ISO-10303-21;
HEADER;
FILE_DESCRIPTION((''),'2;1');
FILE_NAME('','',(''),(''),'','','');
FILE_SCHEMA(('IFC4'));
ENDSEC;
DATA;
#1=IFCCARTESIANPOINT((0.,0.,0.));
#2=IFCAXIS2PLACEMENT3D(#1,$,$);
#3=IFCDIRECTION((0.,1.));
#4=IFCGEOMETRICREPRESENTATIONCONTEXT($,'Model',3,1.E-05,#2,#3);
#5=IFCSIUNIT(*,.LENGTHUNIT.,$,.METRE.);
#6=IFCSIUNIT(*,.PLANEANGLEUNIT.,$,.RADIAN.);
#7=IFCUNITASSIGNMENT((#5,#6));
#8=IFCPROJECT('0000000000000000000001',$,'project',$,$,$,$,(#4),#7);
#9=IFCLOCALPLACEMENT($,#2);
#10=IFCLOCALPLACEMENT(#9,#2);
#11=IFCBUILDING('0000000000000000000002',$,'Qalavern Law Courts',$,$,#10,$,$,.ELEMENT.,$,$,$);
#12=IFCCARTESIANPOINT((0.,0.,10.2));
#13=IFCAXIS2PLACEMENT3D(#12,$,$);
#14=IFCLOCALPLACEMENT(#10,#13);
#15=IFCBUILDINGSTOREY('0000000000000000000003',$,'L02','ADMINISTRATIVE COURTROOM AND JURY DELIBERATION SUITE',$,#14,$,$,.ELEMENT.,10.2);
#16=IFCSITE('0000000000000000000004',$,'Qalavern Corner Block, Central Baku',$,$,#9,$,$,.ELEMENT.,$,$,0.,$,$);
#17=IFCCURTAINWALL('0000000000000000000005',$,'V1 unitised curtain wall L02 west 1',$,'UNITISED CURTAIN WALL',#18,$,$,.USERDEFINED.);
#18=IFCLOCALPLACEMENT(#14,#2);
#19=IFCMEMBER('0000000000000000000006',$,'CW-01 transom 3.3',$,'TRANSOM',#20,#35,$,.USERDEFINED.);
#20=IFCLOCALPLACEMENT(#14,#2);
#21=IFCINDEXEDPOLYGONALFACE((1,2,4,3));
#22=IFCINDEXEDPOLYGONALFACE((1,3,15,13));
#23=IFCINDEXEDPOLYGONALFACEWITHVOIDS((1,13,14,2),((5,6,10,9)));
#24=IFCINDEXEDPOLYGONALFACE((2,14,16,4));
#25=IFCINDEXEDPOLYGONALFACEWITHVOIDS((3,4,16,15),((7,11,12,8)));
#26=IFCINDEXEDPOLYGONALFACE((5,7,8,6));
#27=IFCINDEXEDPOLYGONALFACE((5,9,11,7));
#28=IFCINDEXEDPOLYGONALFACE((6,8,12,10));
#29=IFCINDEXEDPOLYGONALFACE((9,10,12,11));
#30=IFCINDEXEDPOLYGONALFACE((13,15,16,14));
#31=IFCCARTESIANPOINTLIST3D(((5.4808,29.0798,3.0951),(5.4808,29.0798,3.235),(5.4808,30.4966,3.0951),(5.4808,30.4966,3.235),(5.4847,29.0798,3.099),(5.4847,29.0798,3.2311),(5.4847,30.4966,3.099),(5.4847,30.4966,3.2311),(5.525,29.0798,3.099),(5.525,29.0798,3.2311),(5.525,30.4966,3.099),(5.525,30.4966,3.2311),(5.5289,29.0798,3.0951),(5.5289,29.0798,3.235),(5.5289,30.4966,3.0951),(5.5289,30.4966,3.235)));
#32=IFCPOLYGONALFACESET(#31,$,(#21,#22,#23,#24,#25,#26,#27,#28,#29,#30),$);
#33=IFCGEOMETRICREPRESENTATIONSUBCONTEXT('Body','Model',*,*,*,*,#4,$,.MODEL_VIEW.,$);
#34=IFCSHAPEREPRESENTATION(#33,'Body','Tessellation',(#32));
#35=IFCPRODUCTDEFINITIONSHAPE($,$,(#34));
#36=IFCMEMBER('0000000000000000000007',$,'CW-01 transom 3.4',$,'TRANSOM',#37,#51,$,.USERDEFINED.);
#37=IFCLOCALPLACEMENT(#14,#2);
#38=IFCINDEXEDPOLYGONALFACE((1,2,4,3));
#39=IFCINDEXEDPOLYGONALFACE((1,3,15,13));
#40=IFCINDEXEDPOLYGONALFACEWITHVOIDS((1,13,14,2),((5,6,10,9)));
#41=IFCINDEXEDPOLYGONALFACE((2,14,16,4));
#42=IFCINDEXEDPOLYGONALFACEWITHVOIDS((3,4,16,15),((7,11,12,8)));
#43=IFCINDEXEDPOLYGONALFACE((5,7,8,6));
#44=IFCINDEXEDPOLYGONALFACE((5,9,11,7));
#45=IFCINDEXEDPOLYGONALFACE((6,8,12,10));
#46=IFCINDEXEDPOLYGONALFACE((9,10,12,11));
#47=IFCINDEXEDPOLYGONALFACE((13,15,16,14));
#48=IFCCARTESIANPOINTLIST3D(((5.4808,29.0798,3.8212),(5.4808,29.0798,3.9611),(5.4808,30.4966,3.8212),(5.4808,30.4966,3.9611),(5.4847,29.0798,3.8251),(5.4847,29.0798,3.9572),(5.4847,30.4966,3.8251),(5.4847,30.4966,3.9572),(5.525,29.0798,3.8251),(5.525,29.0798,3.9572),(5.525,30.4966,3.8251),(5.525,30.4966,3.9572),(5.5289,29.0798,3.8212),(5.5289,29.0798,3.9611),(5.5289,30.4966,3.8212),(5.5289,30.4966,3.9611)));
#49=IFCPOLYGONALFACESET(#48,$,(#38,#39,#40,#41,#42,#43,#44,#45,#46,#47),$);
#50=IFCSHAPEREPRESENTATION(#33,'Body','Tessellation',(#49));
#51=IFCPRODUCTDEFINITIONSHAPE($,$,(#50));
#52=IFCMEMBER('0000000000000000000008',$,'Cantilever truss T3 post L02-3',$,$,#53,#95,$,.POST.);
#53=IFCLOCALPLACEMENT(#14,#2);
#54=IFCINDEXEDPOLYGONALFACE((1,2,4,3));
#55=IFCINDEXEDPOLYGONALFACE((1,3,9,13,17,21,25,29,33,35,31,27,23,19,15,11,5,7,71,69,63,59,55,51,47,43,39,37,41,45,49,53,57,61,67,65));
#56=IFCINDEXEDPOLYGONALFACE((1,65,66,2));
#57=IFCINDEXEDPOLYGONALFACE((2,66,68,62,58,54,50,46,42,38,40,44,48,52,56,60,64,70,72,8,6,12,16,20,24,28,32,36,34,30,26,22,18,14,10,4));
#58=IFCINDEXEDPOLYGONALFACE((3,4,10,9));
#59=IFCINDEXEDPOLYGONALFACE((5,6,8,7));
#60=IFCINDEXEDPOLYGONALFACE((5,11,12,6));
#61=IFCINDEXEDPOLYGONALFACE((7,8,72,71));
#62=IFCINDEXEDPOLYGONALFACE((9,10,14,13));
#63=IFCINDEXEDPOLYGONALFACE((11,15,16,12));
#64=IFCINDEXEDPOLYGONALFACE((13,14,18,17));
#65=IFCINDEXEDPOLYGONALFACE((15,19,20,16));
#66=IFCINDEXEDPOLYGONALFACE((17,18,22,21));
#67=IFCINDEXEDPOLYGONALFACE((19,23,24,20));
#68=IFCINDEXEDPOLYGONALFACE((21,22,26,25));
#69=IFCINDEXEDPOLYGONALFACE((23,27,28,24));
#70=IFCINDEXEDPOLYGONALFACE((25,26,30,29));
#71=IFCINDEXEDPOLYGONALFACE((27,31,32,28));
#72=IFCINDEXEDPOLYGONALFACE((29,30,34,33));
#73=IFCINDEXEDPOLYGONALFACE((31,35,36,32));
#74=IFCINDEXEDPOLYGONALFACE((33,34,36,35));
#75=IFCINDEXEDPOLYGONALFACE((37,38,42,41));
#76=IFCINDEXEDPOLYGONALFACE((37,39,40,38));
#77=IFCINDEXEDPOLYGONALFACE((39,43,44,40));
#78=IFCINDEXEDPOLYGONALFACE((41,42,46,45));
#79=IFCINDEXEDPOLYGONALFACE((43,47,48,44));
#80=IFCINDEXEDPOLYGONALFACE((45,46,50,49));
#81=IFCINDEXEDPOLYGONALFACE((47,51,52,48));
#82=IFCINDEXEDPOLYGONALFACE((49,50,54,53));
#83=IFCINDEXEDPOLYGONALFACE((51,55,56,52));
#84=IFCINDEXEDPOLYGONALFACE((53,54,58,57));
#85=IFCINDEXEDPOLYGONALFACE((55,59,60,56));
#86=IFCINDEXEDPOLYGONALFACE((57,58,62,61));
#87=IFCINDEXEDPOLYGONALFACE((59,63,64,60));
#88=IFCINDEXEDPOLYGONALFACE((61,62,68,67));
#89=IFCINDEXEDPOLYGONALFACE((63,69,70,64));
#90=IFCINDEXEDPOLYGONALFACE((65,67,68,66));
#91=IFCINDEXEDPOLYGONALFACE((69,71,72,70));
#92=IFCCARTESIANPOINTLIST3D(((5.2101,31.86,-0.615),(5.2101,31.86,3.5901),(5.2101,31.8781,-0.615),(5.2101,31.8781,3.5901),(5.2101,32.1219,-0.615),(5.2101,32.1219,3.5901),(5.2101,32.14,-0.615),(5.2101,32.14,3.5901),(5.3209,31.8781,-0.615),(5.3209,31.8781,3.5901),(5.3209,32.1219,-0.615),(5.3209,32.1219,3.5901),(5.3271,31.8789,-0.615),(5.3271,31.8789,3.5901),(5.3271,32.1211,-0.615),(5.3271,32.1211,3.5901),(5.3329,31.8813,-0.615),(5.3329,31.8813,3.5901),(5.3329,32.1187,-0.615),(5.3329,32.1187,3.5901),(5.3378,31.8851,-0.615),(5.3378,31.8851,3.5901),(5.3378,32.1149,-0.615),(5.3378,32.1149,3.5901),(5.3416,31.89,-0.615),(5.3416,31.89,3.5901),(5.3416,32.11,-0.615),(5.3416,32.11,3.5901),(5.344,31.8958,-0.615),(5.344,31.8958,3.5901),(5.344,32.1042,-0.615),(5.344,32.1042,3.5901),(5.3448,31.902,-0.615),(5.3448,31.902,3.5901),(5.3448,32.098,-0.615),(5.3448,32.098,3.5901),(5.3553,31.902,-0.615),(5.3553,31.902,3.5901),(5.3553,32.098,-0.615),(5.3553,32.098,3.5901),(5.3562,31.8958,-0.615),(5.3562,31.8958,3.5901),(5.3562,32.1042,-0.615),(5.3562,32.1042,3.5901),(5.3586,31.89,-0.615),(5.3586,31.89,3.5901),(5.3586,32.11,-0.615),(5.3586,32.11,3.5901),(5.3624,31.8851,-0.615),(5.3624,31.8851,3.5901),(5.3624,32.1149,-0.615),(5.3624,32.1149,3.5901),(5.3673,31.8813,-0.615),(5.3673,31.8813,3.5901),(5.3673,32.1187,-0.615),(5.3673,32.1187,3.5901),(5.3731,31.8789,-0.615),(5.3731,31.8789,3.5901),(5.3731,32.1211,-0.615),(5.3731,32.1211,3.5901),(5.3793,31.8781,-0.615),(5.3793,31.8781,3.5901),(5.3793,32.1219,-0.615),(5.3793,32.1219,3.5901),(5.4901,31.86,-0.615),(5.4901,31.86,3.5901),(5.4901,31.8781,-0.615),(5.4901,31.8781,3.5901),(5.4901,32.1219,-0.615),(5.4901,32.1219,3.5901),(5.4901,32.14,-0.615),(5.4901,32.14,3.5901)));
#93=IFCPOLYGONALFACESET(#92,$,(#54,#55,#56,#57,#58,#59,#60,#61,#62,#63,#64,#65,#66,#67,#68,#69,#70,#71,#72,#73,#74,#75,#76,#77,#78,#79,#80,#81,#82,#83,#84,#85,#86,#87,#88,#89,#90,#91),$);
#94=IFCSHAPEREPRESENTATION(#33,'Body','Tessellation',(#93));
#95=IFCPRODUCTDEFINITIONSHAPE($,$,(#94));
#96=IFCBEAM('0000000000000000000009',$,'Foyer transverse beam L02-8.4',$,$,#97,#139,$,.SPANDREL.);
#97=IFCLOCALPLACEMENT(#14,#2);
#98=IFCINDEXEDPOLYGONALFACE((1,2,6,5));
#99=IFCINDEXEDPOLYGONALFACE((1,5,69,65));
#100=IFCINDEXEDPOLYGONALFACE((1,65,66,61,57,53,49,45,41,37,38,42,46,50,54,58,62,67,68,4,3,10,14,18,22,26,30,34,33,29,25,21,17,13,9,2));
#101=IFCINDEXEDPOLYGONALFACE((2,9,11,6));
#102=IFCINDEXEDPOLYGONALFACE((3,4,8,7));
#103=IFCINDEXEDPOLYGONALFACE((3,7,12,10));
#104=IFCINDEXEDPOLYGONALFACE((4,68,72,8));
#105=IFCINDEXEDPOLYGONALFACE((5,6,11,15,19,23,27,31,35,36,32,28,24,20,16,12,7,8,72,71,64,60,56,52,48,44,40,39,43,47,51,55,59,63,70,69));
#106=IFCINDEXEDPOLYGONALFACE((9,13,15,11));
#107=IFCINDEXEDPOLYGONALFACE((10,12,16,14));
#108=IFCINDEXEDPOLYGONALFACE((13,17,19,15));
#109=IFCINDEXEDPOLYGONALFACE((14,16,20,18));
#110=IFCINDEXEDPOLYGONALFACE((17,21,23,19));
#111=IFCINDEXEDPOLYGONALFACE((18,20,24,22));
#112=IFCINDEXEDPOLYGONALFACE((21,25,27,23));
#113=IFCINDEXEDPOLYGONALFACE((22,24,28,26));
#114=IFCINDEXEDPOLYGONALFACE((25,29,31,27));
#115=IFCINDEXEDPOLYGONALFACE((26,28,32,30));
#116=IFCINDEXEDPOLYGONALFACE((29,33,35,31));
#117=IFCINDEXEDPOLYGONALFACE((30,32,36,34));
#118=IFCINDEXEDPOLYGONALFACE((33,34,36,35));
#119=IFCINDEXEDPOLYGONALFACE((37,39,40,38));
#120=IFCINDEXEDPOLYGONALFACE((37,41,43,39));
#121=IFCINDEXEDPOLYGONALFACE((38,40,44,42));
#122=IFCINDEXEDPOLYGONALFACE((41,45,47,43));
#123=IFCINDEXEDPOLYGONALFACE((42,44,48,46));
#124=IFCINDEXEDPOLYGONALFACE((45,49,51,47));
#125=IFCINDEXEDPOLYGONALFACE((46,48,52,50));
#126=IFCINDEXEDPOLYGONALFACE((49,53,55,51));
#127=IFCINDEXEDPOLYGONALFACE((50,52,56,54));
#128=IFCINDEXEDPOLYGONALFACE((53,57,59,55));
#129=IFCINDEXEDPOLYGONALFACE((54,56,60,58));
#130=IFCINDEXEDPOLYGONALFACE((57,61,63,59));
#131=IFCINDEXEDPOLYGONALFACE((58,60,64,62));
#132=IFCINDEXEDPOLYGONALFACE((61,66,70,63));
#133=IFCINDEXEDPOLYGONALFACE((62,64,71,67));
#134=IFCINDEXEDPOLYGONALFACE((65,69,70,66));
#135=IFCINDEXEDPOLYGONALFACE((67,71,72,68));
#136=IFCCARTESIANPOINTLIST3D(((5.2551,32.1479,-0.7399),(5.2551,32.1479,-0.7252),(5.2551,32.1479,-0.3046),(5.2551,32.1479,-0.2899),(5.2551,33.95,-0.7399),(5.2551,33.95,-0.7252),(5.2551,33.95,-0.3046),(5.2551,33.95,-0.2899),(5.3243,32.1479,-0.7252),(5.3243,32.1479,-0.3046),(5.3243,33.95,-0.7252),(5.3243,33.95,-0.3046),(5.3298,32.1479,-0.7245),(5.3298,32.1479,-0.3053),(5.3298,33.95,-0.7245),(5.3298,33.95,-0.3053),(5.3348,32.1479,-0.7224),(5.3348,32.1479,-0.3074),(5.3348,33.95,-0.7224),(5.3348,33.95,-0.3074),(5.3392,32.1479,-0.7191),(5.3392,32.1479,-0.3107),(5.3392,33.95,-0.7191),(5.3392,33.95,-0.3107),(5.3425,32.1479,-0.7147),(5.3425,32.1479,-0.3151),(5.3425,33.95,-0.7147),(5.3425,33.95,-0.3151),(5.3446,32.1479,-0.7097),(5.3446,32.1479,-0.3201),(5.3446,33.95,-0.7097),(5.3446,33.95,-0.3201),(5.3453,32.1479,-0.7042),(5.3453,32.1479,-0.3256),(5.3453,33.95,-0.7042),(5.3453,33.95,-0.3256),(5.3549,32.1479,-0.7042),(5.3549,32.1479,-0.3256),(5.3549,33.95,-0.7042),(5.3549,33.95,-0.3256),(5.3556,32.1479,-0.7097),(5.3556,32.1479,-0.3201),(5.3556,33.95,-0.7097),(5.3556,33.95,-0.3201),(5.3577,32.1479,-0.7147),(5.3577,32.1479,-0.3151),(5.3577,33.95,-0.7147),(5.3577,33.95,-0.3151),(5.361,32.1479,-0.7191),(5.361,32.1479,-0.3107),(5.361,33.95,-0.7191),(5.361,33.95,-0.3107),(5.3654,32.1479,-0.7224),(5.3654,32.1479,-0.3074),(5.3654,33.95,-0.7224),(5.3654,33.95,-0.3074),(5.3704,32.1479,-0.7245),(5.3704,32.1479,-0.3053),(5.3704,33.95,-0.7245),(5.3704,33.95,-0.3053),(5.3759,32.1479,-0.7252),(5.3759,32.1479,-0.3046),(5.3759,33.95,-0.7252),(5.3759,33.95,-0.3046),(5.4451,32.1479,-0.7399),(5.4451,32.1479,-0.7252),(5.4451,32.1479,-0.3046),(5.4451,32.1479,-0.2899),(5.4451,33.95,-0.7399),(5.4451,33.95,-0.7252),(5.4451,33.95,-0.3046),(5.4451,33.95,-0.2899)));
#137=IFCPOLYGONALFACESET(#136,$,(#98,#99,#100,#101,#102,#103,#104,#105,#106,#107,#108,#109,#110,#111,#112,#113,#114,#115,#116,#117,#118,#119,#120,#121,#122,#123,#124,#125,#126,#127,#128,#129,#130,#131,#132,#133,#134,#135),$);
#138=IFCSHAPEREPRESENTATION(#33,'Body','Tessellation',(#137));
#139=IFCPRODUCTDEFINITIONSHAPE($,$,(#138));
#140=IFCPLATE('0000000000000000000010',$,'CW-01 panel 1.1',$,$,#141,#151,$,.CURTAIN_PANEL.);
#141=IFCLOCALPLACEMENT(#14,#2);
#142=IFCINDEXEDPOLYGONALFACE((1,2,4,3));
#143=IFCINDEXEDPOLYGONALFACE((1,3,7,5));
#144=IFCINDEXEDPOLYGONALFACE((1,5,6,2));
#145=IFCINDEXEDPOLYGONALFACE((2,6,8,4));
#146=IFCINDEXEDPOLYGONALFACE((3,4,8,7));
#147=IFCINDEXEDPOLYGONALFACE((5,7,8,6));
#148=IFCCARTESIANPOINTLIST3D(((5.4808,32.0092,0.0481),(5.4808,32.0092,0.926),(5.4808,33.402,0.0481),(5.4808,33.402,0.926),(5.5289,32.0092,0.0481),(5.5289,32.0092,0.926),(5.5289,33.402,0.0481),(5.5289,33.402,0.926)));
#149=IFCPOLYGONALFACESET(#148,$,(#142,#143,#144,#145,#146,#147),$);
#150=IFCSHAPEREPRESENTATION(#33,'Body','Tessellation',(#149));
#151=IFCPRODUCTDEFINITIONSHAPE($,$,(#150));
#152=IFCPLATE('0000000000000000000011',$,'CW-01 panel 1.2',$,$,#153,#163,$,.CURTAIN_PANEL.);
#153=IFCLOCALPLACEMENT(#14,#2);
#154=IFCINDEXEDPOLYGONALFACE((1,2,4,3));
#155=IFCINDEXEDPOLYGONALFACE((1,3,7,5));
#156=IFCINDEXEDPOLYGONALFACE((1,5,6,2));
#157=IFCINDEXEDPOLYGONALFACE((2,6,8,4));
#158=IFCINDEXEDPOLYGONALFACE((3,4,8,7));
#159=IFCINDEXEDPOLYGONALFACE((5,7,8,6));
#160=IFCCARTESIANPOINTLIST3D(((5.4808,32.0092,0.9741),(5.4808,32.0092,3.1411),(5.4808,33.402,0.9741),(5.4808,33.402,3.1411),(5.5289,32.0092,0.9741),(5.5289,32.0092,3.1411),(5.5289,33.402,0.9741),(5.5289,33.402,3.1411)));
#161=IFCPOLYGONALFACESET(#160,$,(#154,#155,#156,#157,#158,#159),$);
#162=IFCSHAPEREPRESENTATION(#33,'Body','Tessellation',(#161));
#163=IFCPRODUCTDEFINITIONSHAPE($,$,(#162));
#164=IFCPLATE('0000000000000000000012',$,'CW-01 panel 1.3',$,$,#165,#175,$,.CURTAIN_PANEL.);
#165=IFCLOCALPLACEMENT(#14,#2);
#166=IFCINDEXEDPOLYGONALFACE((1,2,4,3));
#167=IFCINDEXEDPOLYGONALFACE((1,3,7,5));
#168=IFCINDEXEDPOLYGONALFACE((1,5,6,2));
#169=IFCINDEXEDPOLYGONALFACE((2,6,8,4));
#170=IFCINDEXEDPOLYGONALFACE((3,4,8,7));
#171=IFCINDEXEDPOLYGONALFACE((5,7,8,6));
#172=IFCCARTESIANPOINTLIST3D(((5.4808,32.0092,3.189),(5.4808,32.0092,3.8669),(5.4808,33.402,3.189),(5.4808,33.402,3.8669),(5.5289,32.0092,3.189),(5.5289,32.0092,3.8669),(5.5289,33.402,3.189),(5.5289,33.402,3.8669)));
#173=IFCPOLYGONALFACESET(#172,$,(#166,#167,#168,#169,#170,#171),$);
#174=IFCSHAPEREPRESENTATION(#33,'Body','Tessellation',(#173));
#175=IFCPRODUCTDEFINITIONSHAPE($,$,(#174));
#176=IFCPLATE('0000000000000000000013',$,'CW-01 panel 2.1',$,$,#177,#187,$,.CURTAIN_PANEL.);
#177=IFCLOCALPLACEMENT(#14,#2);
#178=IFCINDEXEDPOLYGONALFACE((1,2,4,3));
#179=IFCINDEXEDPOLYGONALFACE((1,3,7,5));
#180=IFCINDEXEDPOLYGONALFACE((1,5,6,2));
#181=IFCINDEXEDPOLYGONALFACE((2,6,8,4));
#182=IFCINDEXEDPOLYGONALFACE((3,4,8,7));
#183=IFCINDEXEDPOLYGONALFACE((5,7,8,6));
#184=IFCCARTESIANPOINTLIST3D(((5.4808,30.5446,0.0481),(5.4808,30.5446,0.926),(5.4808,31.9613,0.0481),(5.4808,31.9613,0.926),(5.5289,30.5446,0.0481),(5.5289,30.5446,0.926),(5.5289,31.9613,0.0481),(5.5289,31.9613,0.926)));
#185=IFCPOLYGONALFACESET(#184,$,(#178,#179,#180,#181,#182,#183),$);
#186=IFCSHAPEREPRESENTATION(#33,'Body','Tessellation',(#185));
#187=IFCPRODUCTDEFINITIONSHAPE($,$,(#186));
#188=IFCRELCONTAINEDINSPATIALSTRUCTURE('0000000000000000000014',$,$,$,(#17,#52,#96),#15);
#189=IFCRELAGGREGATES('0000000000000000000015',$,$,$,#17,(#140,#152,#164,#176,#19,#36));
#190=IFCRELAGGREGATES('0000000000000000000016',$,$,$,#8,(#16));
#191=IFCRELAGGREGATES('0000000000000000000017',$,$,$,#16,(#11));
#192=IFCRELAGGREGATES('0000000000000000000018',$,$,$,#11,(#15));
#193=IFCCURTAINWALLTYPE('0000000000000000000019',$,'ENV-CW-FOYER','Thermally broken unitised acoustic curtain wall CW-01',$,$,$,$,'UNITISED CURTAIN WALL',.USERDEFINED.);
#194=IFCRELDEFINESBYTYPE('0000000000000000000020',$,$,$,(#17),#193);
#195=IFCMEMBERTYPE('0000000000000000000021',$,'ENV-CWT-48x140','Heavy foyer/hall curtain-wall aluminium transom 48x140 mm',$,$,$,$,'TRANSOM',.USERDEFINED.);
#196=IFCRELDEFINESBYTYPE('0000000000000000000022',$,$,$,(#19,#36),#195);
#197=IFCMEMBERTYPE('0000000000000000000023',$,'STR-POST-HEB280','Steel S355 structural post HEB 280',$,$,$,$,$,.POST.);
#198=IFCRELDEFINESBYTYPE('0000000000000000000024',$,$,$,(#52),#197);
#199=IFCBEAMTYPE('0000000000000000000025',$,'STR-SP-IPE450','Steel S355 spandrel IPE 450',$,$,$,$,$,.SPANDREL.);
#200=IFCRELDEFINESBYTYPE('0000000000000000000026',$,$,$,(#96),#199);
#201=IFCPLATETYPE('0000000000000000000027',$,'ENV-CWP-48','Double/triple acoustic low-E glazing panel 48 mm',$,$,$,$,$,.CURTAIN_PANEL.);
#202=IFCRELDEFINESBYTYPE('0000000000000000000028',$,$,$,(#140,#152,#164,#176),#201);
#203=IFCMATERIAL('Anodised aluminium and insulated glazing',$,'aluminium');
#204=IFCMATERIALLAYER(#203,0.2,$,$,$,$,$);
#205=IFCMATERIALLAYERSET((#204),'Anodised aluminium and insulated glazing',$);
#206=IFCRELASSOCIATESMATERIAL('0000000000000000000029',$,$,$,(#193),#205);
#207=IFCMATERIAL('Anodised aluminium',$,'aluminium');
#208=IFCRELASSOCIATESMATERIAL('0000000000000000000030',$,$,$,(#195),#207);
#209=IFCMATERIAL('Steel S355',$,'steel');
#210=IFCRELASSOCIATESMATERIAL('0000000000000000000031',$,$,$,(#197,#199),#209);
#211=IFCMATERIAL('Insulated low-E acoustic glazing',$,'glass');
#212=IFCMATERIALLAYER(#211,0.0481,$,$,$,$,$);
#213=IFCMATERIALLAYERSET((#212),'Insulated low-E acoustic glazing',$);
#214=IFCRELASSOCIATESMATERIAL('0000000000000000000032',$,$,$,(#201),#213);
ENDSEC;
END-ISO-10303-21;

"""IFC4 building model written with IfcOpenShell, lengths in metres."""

from ifc_helpers import new_model, si_unit, direction, frame, origin, origin_2d, place, context, subcontext, project, spatial, rectangle, hollow_rectangle, i_section, extrude, material, layer, layer_set, material_profile, profile_set, type_object, element, aggregate, save


model = new_model("IFC4")

# Units and contexts
model_context = context("Model", 3, precision=1e-05, world=origin(), true_north=direction((0.0, 1.0)))
body_context = subcontext(model_context, "Body", "Model", "MODEL_VIEW")
ifc_project = project(units=[si_unit("LENGTHUNIT", "METRE"), si_unit("PLANEANGLEUNIT", "RADIAN")], contexts=[model_context])

# Site, building, storey
site_placement = place(None, origin())
site = spatial("IfcSite", under=ifc_project, at=site_placement, Name="Qalavern Corner Block, Central Baku", CompositionType="ELEMENT", RefElevation=0.0)
building_placement = place(site_placement, origin())
building = spatial("IfcBuilding", under=site, at=building_placement, Name="Qalavern Law Courts", CompositionType="ELEMENT")
storey_placement = place(building_placement, frame((0.0, 0.0, 10.2)))
storey = spatial("IfcBuildingStorey", under=building, at=storey_placement, Name="L02", Description="ADMINISTRATIVE COURTROOM AND JURY DELIBERATION SUITE", CompositionType="ELEMENT", Elevation=10.2)

# Curtain wall, members
ifc_material_1 = material(Name="Anodised aluminium and insulated glazing", Category="aluminium")
ifc_layer_1 = layer(ifc_material_1, 0.2)
ifc_layer_set_1 = layer_set([ifc_layer_1], Name="Anodised aluminium and insulated glazing")
curtain_wall_type = type_object("IfcCurtainWallType", Name="ENV-CW-FOYER", Description="Thermally broken unitised acoustic curtain wall CW-01", ElementType="UNITISED CURTAIN WALL", PredefinedType="USERDEFINED", material=ifc_layer_set_1)
curtain_wall_placement = place(storey_placement, origin())
curtain_wall = element("IfcCurtainWall", 1, at=curtain_wall_placement, inside=storey, type_object=curtain_wall_type, Name="V1 unitised curtain wall L02 west 1", ObjectType="UNITISED CURTAIN WALL", PredefinedType="USERDEFINED")
ifc_material_2 = material(Name="Anodised aluminium", Category="aluminium")
ifc_material_profile_1 = material_profile(ifc_material_2, hollow_rectangle(XDim=0.0481, YDim=0.1399, WallThickness=0.0039, at=origin_2d()), Name="ALU TRANSOM 48x140")
ifc_profile_set_1 = profile_set([ifc_material_profile_1], Name="Anodised aluminium")
member_type_1 = type_object("IfcMemberType", Name="ENV-CWT-48x140", Description="Heavy foyer/hall curtain-wall aluminium transom 48x140 mm", ElementType="TRANSOM", PredefinedType="USERDEFINED", material=ifc_profile_set_1)
member_1_placement = place(storey_placement, frame((5.5049, 30.4966, 3.165), z_axis=(0.0, -1.0, 0.0), x_axis=(1.0, 0.0, 0.0)))
member_1 = element("IfcMember", 2, at=member_1_placement, type_object=member_type_1, Name="CW-01 transom 3.3", ObjectType="TRANSOM", PredefinedType="USERDEFINED", context=body_context, shape_type="SweptSolid", body=[
    extrude(hollow_rectangle(XDim=0.0481, YDim=0.1399, WallThickness=0.0039, at=origin_2d()), origin(), (0.0, 0.0, 1.0), 1.4167),
])
member_2_placement = place(storey_placement, frame((5.5049, 30.4966, 3.8911), z_axis=(0.0, -1.0, 0.0), x_axis=(1.0, 0.0, 0.0)))
member_2 = element("IfcMember", 3, at=member_2_placement, type_object=member_type_1, Name="CW-01 transom 3.4", ObjectType="TRANSOM", PredefinedType="USERDEFINED", context=body_context, shape_type="SweptSolid", body=[
    extrude(hollow_rectangle(XDim=0.0481, YDim=0.1399, WallThickness=0.0039, at=origin_2d()), origin(), (0.0, 0.0, 1.0), 1.4167),
])

# Member
ifc_material_3 = material(Name="Steel S355", Category="steel")
ifc_material_profile_2 = material_profile(ifc_material_3, i_section(OverallWidth=0.28, OverallDepth=0.28, WebThickness=0.0105, FlangeThickness=0.0181, FilletRadius=0.0239, at=origin_2d()), Name="HEB 280")
ifc_profile_set_2 = profile_set([ifc_material_profile_2], Name="Steel S355")
member_type_2 = type_object("IfcMemberType", Name="STR-POST-HEB280", Description="Steel S355 structural post HEB 280", PredefinedType="POST", material=ifc_profile_set_2)
member_3_placement = place(storey_placement, frame((5.3501, 32.0, -0.615), z_axis=(0.0, 0.0, 1.0), x_axis=(1.0, 0.0, 0.0)))
element("IfcMember", 4, at=member_3_placement, inside=storey, type_object=member_type_2, Name="Cantilever truss T3 post L02-3", PredefinedType="POST", context=body_context, shape_type="SweptSolid", body=[
    extrude(i_section(OverallWidth=0.28, OverallDepth=0.28, WebThickness=0.0105, FlangeThickness=0.0181, FilletRadius=0.0239, at=origin_2d()), origin(), (0.0, 0.0, 1.0), 4.2051),
])

# Beam
ifc_material_profile_3 = material_profile(ifc_material_3, i_section(OverallWidth=0.1899, OverallDepth=0.45, WebThickness=0.0095, FlangeThickness=0.0146, FilletRadius=0.021, at=origin_2d()), Name="IPE 450")
ifc_profile_set_3 = profile_set([ifc_material_profile_3], Name="Steel S355")
beam_type = type_object("IfcBeamType", Name="STR-SP-IPE450", Description="Steel S355 spandrel IPE 450", PredefinedType="SPANDREL", material=ifc_profile_set_3)
beam_placement = place(storey_placement, frame((5.3501, 32.1479, -0.5149), z_axis=(0.0, 1.0, 0.0), x_axis=(-1.0, 0.0, 0.0)))
element("IfcBeam", 5, at=beam_placement, inside=storey, type_object=beam_type, Name="Foyer transverse beam L02-8.4", PredefinedType="SPANDREL", context=body_context, shape_type="SweptSolid", body=[
    extrude(i_section(OverallWidth=0.1899, OverallDepth=0.45, WebThickness=0.0095, FlangeThickness=0.0146, FilletRadius=0.021, at=origin_2d()), origin(), (0.0, 0.0, 1.0), 1.802),
])

# Plates
ifc_material_4 = material(Name="Insulated low-E acoustic glazing", Category="glass")
ifc_layer_2 = layer(ifc_material_4, 0.0481)
ifc_layer_set_2 = layer_set([ifc_layer_2], Name="Insulated low-E acoustic glazing")
plate_type_1 = type_object("IfcPlateType", Name="ENV-CWP-48", Description="Double/triple acoustic low-E glazing panel 48 mm", PredefinedType="CURTAIN_PANEL", material=ifc_layer_set_2)
plate_1_placement = place(storey_placement, frame((5.5049, 32.7056, 0.0481), z_axis=(0.0, 0.0, 1.0), x_axis=(0.0, -1.0, 0.0)))
plate_1 = element("IfcPlate", 6, at=plate_1_placement, type_object=plate_type_1, Name="CW-01 panel 1.1", PredefinedType="CURTAIN_PANEL", context=body_context, shape_type="SweptSolid", body=[
    extrude(rectangle(XDim=1.3928, YDim=0.0481, at=origin_2d()), origin(), (0.0, 0.0, 1.0), 0.8779),
])
plate_2_placement = place(storey_placement, frame((5.5049, 32.7056, 0.9741), z_axis=(0.0, 0.0, 1.0), x_axis=(0.0, -1.0, 0.0)))
plate_2 = element("IfcPlate", 7, at=plate_2_placement, type_object=plate_type_1, Name="CW-01 panel 1.2", PredefinedType="CURTAIN_PANEL", context=body_context, shape_type="SweptSolid", body=[
    extrude(rectangle(XDim=1.3928, YDim=0.0481, at=origin_2d()), origin(), (0.0, 0.0, 1.0), 2.167),
])
plate_3_placement = place(storey_placement, frame((5.5049, 32.7056, 3.189), z_axis=(0.0, 0.0, 1.0), x_axis=(0.0, -1.0, 0.0)))
plate_3 = element("IfcPlate", 8, at=plate_3_placement, type_object=plate_type_1, Name="CW-01 panel 1.3", PredefinedType="CURTAIN_PANEL", context=body_context, shape_type="SweptSolid", body=[
    extrude(rectangle(XDim=1.3928, YDim=0.0481, at=origin_2d()), origin(), (0.0, 0.0, 1.0), 0.678),
])
plate_4_placement = place(storey_placement, frame((5.5049, 31.2529, 0.0481), z_axis=(0.0, 0.0, 1.0), x_axis=(0.0, -1.0, 0.0)))
plate_4 = element("IfcPlate", 9, at=plate_4_placement, type_object=plate_type_1, Name="CW-01 panel 2.1", PredefinedType="CURTAIN_PANEL", context=body_context, shape_type="SweptSolid", body=[
    extrude(rectangle(XDim=1.4167, YDim=0.0481, at=origin_2d()), origin(), (0.0, 0.0, 1.0), 0.8779),
])
aggregate(curtain_wall, [plate_1, plate_2, plate_3, plate_4, member_1, member_2])

save(model, "model.ifc")
